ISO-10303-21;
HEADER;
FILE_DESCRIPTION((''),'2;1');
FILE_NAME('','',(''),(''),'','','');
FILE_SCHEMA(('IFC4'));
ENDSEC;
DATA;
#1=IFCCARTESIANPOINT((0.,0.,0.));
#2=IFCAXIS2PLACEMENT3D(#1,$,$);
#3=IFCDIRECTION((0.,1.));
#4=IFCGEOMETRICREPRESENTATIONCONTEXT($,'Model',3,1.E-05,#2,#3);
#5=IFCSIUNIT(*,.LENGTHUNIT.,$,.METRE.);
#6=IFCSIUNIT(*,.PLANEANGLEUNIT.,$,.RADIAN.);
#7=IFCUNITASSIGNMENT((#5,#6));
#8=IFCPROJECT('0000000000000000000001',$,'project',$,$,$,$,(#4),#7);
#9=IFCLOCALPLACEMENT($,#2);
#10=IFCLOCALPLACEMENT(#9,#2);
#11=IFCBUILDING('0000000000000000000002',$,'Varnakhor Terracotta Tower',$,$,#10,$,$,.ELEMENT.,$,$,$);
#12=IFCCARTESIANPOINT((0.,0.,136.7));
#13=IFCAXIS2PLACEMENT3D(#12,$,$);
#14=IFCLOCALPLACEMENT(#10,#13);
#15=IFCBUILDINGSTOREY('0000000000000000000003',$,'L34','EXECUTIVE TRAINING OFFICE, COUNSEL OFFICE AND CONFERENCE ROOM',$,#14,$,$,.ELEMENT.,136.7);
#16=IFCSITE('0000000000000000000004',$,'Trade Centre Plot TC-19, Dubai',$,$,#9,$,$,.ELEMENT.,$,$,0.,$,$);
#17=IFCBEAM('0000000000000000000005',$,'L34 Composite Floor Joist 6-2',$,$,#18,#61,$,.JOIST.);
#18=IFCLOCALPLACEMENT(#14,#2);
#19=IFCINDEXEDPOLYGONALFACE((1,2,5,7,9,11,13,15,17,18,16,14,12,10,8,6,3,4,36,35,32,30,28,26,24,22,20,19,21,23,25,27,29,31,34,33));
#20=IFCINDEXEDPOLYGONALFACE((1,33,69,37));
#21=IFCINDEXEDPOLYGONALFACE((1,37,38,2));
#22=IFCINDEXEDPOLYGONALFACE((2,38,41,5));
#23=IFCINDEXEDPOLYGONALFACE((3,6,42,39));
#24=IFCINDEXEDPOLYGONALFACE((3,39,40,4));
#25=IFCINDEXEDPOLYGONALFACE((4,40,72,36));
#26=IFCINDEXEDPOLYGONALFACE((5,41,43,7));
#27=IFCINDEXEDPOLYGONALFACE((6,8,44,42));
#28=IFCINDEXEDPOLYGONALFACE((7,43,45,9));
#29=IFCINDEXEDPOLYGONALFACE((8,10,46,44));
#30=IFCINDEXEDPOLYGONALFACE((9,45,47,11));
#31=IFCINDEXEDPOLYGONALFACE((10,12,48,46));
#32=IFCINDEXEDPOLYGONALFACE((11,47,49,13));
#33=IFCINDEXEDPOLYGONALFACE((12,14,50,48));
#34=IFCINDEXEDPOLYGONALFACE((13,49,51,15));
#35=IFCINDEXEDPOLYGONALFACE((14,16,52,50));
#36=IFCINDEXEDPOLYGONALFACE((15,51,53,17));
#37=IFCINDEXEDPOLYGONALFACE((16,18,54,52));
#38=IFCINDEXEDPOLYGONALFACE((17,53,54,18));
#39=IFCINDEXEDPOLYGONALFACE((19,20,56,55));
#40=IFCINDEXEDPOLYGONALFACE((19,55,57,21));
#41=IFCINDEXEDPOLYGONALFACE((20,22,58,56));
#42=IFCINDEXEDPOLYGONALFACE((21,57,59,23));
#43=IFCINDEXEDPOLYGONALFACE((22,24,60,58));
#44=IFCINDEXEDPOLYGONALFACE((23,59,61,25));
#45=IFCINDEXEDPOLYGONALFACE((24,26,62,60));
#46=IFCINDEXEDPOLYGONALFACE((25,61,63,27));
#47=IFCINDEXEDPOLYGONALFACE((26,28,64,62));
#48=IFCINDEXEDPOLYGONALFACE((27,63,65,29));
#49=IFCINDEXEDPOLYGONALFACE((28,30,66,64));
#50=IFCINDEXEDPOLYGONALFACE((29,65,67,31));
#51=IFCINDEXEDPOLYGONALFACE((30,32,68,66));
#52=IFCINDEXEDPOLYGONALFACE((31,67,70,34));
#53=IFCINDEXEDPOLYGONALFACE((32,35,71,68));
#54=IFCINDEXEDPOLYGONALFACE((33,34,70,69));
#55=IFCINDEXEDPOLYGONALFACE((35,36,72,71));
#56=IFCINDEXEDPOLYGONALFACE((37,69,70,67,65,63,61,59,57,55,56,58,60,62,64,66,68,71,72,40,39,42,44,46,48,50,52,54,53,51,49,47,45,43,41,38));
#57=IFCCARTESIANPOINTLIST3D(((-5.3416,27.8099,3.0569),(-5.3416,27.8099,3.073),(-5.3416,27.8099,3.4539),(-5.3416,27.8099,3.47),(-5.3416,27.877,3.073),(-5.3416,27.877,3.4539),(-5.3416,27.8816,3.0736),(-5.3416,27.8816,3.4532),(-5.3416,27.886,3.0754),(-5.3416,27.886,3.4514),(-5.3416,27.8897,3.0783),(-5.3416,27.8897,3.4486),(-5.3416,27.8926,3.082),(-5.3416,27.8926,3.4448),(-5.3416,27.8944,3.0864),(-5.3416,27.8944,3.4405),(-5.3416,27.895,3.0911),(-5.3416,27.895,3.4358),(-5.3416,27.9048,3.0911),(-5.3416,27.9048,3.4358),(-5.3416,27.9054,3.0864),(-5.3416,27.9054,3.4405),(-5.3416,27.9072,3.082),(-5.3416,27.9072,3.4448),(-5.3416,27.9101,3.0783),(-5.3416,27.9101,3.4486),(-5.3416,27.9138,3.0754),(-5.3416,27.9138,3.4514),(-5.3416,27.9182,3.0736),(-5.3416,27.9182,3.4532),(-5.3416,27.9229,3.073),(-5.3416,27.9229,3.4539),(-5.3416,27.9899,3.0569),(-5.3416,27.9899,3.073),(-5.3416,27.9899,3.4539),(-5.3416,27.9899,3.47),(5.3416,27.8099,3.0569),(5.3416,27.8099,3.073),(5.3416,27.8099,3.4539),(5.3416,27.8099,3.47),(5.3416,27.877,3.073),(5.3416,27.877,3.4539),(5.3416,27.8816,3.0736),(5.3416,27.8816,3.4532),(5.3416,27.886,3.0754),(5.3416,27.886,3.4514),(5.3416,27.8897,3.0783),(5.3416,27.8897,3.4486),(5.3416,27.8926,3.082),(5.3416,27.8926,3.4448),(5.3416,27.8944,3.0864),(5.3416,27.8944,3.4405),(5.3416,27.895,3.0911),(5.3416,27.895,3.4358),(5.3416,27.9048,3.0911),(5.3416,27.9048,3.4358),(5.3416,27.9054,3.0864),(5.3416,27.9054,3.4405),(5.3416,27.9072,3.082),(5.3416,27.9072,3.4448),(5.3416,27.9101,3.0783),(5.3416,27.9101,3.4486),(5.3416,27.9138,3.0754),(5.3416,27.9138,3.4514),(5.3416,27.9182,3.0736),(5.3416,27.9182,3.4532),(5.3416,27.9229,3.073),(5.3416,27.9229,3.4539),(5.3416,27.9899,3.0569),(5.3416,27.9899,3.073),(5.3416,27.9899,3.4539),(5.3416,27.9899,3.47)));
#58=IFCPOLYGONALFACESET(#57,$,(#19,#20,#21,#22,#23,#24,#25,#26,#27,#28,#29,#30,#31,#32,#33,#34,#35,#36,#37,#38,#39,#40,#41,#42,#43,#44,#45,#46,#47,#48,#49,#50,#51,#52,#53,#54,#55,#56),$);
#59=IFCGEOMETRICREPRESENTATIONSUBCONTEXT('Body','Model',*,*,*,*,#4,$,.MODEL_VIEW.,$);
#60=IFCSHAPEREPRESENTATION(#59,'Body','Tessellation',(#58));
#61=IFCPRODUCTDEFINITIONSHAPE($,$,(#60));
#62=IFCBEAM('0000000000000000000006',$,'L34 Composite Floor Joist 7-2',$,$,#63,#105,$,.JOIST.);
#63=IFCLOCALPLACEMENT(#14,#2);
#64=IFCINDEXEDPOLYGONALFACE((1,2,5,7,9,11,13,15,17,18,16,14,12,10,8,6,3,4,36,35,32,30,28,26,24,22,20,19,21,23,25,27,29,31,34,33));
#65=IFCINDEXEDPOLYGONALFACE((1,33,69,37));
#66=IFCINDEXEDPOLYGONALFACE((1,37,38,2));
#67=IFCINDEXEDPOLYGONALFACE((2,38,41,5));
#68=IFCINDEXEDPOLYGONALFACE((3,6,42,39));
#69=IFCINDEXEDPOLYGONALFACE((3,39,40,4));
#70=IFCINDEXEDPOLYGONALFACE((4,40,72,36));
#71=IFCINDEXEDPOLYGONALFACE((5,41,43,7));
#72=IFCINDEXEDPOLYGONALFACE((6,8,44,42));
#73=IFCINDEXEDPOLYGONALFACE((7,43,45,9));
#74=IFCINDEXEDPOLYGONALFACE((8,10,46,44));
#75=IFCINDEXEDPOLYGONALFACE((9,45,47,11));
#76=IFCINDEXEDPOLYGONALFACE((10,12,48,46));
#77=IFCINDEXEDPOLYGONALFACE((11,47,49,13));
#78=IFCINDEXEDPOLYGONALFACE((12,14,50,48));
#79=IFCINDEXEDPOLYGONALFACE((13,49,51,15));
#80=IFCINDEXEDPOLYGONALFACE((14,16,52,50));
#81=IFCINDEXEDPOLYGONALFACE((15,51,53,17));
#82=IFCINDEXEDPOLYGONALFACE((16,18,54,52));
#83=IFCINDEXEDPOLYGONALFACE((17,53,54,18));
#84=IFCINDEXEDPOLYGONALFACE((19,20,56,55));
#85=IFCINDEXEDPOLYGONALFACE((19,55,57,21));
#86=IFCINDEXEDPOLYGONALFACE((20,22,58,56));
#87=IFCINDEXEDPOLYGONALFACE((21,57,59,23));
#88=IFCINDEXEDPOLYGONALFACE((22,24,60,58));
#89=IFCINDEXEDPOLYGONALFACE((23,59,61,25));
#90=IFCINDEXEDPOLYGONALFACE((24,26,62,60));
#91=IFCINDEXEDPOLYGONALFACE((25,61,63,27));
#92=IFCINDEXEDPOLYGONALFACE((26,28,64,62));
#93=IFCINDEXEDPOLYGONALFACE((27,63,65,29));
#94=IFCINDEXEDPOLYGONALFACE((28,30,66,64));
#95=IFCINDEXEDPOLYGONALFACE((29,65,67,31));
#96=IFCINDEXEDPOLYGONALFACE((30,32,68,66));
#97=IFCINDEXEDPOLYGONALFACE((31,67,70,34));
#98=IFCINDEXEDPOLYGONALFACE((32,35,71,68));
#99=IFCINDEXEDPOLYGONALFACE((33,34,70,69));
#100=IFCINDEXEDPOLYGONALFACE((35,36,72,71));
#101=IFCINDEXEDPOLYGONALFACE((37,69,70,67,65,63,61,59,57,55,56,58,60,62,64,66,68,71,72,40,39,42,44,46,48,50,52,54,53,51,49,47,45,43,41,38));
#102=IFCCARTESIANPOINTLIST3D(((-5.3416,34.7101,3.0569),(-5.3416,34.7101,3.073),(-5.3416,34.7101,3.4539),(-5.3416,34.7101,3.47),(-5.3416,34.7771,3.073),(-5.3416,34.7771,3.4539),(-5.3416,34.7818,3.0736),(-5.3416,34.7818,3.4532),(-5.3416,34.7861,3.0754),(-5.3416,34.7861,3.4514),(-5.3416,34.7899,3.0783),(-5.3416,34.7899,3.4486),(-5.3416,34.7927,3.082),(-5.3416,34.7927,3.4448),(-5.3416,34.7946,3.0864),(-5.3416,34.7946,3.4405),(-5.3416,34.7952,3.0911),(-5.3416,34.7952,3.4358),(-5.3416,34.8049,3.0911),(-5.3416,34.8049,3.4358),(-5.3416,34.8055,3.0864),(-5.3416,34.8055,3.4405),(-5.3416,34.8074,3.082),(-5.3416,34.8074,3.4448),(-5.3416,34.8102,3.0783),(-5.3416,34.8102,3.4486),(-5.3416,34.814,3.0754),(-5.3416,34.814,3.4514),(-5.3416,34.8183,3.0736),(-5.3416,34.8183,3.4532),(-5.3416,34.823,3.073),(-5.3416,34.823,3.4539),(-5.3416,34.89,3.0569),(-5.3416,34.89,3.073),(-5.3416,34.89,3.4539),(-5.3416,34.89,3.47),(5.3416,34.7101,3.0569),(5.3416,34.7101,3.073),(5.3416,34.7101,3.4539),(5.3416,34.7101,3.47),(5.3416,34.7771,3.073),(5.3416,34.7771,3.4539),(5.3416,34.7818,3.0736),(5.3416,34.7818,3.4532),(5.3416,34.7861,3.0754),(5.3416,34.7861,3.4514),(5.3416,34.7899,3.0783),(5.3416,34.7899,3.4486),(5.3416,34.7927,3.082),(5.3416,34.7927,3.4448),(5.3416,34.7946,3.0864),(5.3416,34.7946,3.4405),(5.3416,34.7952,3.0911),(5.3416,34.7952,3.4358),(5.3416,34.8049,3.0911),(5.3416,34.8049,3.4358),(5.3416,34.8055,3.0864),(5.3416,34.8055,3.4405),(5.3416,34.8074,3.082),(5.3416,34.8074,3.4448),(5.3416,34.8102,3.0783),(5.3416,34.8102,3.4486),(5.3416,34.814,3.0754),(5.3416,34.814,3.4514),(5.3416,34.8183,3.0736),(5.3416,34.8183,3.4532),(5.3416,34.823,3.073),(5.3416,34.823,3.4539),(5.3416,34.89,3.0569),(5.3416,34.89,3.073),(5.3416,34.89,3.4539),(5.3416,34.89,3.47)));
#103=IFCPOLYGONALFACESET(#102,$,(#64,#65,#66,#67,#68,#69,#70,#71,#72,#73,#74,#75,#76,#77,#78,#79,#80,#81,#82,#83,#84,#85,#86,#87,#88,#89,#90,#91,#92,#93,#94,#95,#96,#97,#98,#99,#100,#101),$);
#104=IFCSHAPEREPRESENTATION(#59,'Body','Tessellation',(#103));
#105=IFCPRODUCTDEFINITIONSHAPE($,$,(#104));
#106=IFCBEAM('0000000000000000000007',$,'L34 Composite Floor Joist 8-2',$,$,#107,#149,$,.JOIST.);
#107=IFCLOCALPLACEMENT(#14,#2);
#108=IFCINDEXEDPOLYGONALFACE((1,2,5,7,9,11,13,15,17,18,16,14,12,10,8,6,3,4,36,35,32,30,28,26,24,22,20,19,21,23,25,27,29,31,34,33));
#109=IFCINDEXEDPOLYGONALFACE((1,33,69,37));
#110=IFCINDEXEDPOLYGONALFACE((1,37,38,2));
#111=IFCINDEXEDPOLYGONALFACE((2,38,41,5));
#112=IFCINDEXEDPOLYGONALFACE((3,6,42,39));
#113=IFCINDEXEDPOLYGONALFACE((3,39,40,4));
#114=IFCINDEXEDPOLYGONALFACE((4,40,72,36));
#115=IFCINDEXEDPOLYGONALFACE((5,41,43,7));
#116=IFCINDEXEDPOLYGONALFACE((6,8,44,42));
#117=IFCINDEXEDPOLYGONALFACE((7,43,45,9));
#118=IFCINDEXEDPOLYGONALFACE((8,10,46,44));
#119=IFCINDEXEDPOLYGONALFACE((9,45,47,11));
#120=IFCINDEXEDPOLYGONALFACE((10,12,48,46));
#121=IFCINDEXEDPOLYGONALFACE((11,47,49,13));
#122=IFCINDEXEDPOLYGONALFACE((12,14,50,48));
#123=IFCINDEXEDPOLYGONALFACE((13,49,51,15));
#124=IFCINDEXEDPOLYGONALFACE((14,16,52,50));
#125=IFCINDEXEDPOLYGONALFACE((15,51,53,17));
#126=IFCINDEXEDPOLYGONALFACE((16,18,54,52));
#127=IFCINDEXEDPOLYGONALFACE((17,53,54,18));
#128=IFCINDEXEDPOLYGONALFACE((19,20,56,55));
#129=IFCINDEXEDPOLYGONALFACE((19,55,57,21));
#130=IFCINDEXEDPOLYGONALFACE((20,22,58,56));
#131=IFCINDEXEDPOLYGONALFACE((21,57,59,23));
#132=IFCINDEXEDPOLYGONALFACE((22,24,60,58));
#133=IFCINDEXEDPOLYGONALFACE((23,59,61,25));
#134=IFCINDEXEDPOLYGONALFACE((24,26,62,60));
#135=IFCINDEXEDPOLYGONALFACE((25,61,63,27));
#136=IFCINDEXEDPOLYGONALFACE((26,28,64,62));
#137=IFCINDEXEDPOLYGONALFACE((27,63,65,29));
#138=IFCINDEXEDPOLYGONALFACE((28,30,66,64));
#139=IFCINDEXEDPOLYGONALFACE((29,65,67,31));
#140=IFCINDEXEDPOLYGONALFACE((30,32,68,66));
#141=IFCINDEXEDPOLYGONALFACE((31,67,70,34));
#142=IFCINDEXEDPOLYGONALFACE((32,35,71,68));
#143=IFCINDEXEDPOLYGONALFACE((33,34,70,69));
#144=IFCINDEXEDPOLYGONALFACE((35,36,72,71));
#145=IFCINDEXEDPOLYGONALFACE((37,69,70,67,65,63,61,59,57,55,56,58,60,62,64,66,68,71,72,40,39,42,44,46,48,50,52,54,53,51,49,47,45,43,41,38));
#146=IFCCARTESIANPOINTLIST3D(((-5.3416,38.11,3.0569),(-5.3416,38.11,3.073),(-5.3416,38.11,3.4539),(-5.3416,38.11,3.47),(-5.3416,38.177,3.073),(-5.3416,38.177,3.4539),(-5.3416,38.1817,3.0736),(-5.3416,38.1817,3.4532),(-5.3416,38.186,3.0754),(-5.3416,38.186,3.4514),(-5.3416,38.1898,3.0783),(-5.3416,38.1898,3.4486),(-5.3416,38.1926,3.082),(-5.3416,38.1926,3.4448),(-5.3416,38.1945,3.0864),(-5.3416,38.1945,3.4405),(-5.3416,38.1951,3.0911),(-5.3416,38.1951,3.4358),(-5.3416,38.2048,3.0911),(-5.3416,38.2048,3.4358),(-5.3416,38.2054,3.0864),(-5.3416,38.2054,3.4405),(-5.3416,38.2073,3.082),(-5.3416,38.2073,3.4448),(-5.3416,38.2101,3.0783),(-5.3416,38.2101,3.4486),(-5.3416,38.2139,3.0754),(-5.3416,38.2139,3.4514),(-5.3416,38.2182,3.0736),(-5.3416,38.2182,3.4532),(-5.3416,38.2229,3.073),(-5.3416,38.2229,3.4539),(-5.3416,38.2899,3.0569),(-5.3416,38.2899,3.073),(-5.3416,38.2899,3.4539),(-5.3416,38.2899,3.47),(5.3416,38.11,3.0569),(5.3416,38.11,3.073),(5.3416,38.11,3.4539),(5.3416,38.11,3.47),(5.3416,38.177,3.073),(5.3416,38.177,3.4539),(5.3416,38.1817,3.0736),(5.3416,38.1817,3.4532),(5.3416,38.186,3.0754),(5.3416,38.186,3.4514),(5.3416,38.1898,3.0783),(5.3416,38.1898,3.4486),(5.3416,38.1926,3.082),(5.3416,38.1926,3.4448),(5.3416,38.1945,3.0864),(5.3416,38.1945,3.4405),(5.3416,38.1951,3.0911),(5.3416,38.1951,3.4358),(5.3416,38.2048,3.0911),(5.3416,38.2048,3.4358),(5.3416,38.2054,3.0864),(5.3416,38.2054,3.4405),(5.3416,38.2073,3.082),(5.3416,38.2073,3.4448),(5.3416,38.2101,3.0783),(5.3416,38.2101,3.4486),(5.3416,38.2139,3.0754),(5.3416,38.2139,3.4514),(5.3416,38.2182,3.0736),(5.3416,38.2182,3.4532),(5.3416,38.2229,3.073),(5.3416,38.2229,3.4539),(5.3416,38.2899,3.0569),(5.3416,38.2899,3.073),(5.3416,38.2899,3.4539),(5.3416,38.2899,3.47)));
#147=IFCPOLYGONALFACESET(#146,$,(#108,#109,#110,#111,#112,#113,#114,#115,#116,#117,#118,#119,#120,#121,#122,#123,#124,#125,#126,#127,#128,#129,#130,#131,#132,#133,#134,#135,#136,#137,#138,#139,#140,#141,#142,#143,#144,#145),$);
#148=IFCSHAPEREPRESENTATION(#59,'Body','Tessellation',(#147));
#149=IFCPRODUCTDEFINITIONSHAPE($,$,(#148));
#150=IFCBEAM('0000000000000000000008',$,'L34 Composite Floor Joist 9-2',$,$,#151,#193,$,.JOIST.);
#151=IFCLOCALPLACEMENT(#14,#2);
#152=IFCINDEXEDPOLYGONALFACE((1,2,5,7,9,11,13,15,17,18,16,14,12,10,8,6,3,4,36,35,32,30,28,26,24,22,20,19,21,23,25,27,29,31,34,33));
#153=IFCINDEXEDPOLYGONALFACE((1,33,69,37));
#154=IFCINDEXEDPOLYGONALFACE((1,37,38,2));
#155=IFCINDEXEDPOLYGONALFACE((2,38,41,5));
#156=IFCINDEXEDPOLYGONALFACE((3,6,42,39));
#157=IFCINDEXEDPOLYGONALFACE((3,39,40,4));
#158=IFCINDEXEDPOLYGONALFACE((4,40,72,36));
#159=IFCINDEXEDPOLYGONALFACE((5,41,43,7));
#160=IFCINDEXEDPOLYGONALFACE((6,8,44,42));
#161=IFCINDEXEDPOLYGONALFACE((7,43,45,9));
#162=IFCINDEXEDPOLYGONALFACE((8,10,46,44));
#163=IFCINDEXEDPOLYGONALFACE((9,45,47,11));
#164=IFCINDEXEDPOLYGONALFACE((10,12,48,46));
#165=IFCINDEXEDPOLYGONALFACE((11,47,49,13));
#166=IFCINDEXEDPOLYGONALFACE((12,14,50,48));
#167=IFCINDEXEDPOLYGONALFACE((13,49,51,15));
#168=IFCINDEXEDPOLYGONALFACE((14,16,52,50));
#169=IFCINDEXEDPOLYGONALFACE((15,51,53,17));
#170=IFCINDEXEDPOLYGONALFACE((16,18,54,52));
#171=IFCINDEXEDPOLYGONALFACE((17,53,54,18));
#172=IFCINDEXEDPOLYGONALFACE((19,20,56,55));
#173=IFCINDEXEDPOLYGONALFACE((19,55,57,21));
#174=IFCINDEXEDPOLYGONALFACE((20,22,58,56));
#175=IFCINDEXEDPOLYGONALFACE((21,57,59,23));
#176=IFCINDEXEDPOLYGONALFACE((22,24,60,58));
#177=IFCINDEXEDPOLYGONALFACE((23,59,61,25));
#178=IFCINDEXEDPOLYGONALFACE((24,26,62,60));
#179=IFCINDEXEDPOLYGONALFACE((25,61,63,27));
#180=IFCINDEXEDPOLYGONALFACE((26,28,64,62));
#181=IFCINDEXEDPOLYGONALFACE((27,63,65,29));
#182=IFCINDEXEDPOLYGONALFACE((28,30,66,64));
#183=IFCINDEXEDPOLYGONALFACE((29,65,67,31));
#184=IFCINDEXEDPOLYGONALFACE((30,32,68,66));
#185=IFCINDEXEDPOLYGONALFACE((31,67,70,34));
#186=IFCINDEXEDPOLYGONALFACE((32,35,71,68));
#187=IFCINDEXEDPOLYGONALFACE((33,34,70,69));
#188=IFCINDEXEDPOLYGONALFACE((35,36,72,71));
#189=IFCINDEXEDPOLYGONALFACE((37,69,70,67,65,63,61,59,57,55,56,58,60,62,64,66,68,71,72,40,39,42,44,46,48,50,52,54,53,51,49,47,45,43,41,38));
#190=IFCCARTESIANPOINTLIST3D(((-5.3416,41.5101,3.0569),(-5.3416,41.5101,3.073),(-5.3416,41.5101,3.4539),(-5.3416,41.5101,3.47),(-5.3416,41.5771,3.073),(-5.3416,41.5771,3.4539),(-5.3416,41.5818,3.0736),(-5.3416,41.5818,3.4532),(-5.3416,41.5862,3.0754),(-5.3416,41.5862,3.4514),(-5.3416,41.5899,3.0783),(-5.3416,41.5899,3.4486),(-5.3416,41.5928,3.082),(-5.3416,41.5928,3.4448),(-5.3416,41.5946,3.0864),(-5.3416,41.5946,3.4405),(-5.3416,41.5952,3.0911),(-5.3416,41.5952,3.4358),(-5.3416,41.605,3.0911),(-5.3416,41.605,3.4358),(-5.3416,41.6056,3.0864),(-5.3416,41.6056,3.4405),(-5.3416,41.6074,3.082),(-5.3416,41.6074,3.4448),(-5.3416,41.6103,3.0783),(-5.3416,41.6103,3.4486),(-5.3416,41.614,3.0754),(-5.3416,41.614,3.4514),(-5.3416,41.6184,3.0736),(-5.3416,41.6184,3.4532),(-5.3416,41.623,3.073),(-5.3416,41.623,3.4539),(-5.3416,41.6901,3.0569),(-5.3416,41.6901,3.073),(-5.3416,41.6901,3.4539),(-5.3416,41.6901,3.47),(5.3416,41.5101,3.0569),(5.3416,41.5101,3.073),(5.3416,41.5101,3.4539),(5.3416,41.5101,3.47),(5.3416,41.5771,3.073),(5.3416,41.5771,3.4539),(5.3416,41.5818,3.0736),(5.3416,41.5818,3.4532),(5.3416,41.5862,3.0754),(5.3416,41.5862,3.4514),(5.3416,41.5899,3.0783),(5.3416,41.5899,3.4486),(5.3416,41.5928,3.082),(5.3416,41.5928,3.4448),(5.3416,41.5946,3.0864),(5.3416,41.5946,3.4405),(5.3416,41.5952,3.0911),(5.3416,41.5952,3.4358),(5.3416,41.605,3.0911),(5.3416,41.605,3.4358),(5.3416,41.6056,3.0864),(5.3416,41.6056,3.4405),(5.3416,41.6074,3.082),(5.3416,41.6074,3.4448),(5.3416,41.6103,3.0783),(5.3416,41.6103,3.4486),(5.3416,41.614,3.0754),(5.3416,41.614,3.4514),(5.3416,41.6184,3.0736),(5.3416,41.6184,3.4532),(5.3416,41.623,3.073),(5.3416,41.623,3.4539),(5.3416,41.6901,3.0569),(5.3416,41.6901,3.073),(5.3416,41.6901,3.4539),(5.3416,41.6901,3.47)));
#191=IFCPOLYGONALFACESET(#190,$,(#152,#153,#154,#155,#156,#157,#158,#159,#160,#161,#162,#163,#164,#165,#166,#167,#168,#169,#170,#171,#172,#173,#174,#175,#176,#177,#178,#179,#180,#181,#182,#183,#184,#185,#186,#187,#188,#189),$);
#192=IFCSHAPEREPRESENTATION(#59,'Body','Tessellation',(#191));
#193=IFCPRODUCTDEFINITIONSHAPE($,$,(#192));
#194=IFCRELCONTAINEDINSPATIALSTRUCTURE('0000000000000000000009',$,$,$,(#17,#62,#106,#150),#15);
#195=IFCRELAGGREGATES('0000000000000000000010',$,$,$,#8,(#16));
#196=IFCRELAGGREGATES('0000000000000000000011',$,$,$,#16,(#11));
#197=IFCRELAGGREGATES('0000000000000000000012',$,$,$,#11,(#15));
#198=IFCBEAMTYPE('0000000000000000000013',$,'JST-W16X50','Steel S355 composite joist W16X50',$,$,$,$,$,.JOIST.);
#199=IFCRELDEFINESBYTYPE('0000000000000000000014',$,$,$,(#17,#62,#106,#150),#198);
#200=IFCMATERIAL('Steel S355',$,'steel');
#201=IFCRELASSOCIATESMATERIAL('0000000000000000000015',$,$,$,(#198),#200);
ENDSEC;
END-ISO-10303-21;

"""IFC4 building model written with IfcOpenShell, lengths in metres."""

from ifc_helpers import new_model, si_unit, direction, frame, origin, origin_2d, place, context, subcontext, project, spatial, i_section, extrude, source, transform, mapped, material, material_profile, profile_set, type_object, element, save


model = new_model("IFC4")

# Units and contexts
model_context = context("Model", 3, precision=1e-05, world=origin(), true_north=direction((0.0, 1.0)))
body_context = subcontext(model_context, "Body", "Model", "MODEL_VIEW")
ifc_project = project(units=[si_unit("LENGTHUNIT", "METRE"), si_unit("PLANEANGLEUNIT", "RADIAN")], contexts=[model_context])

# Site, building, storey
site_placement = place(None, origin())
site = spatial("IfcSite", under=ifc_project, at=site_placement, Name="Trade Centre Plot TC-19, Dubai", CompositionType="ELEMENT", RefElevation=0.0)
building_placement = place(site_placement, origin())
building = spatial("IfcBuilding", under=site, at=building_placement, Name="Varnakhor Terracotta Tower", CompositionType="ELEMENT")
storey_placement = place(building_placement, frame((0.0, 0.0, 136.7)))
storey = spatial("IfcBuildingStorey", under=building, at=storey_placement, Name="L34", Description="EXECUTIVE TRAINING OFFICE, COUNSEL OFFICE AND CONFERENCE ROOM", CompositionType="ELEMENT", Elevation=136.7)

# Beams
ifc_material_1 = material(Name="Steel S355", Category="steel")
ifc_material_profile_1 = material_profile(ifc_material_1, i_section(OverallWidth=0.1799, OverallDepth=0.4131, WebThickness=0.0098, FlangeThickness=0.0161, FilletRadius=0.0181, at=origin_2d()), Name="W16X50")
ifc_profile_set_1 = profile_set([ifc_material_profile_1], Name="Steel S355")
beam_type_1 = type_object("IfcBeamType", Name="JST-W16X50", Description="Steel S355 composite joist W16X50", PredefinedType="JOIST", material=ifc_profile_set_1)
shared_shape_1 = source(origin(), body_context, "Body", "SweptSolid", [
    extrude(i_section(OverallWidth=0.1799, OverallDepth=0.4131, WebThickness=0.0098, FlangeThickness=0.0161, FilletRadius=0.0181, at=origin_2d()), origin(), (0.0, 0.0, 1.0), 10.6831),
])
for number, where, z_axis, x_axis, name in (
    (1, (-5.3416, 27.8999, 3.2634), (1.0, 0.0, 0.0), (0.0, 1.0, 0.0), "L34 Composite Floor Joist 6-2"),
    (2, (-5.3416, 34.8, 3.2634), (1.0, 0.0, 0.0), (0.0, 1.0, 0.0), "L34 Composite Floor Joist 7-2"),
    (3, (-5.3416, 38.2, 3.2634), (1.0, 0.0, 0.0), (0.0, 1.0, 0.0), "L34 Composite Floor Joist 8-2"),
    (4, (-5.3416, 41.6001, 3.2634), (1.0, 0.0, 0.0), (0.0, 1.0, 0.0), "L34 Composite Floor Joist 9-2"),
):
    element("IfcBeam", number, at=place(storey_placement, frame(where, z_axis=z_axis, x_axis=x_axis)), inside=storey, type_object=beam_type_1, Name=name, PredefinedType="JOIST", context=body_context, shape_type="MappedRepresentation", body=[
        mapped(shared_shape_1, transform((0.0, 0.0, 0.0), scale=1.0)),
    ])

save(model, "model.ifc")
